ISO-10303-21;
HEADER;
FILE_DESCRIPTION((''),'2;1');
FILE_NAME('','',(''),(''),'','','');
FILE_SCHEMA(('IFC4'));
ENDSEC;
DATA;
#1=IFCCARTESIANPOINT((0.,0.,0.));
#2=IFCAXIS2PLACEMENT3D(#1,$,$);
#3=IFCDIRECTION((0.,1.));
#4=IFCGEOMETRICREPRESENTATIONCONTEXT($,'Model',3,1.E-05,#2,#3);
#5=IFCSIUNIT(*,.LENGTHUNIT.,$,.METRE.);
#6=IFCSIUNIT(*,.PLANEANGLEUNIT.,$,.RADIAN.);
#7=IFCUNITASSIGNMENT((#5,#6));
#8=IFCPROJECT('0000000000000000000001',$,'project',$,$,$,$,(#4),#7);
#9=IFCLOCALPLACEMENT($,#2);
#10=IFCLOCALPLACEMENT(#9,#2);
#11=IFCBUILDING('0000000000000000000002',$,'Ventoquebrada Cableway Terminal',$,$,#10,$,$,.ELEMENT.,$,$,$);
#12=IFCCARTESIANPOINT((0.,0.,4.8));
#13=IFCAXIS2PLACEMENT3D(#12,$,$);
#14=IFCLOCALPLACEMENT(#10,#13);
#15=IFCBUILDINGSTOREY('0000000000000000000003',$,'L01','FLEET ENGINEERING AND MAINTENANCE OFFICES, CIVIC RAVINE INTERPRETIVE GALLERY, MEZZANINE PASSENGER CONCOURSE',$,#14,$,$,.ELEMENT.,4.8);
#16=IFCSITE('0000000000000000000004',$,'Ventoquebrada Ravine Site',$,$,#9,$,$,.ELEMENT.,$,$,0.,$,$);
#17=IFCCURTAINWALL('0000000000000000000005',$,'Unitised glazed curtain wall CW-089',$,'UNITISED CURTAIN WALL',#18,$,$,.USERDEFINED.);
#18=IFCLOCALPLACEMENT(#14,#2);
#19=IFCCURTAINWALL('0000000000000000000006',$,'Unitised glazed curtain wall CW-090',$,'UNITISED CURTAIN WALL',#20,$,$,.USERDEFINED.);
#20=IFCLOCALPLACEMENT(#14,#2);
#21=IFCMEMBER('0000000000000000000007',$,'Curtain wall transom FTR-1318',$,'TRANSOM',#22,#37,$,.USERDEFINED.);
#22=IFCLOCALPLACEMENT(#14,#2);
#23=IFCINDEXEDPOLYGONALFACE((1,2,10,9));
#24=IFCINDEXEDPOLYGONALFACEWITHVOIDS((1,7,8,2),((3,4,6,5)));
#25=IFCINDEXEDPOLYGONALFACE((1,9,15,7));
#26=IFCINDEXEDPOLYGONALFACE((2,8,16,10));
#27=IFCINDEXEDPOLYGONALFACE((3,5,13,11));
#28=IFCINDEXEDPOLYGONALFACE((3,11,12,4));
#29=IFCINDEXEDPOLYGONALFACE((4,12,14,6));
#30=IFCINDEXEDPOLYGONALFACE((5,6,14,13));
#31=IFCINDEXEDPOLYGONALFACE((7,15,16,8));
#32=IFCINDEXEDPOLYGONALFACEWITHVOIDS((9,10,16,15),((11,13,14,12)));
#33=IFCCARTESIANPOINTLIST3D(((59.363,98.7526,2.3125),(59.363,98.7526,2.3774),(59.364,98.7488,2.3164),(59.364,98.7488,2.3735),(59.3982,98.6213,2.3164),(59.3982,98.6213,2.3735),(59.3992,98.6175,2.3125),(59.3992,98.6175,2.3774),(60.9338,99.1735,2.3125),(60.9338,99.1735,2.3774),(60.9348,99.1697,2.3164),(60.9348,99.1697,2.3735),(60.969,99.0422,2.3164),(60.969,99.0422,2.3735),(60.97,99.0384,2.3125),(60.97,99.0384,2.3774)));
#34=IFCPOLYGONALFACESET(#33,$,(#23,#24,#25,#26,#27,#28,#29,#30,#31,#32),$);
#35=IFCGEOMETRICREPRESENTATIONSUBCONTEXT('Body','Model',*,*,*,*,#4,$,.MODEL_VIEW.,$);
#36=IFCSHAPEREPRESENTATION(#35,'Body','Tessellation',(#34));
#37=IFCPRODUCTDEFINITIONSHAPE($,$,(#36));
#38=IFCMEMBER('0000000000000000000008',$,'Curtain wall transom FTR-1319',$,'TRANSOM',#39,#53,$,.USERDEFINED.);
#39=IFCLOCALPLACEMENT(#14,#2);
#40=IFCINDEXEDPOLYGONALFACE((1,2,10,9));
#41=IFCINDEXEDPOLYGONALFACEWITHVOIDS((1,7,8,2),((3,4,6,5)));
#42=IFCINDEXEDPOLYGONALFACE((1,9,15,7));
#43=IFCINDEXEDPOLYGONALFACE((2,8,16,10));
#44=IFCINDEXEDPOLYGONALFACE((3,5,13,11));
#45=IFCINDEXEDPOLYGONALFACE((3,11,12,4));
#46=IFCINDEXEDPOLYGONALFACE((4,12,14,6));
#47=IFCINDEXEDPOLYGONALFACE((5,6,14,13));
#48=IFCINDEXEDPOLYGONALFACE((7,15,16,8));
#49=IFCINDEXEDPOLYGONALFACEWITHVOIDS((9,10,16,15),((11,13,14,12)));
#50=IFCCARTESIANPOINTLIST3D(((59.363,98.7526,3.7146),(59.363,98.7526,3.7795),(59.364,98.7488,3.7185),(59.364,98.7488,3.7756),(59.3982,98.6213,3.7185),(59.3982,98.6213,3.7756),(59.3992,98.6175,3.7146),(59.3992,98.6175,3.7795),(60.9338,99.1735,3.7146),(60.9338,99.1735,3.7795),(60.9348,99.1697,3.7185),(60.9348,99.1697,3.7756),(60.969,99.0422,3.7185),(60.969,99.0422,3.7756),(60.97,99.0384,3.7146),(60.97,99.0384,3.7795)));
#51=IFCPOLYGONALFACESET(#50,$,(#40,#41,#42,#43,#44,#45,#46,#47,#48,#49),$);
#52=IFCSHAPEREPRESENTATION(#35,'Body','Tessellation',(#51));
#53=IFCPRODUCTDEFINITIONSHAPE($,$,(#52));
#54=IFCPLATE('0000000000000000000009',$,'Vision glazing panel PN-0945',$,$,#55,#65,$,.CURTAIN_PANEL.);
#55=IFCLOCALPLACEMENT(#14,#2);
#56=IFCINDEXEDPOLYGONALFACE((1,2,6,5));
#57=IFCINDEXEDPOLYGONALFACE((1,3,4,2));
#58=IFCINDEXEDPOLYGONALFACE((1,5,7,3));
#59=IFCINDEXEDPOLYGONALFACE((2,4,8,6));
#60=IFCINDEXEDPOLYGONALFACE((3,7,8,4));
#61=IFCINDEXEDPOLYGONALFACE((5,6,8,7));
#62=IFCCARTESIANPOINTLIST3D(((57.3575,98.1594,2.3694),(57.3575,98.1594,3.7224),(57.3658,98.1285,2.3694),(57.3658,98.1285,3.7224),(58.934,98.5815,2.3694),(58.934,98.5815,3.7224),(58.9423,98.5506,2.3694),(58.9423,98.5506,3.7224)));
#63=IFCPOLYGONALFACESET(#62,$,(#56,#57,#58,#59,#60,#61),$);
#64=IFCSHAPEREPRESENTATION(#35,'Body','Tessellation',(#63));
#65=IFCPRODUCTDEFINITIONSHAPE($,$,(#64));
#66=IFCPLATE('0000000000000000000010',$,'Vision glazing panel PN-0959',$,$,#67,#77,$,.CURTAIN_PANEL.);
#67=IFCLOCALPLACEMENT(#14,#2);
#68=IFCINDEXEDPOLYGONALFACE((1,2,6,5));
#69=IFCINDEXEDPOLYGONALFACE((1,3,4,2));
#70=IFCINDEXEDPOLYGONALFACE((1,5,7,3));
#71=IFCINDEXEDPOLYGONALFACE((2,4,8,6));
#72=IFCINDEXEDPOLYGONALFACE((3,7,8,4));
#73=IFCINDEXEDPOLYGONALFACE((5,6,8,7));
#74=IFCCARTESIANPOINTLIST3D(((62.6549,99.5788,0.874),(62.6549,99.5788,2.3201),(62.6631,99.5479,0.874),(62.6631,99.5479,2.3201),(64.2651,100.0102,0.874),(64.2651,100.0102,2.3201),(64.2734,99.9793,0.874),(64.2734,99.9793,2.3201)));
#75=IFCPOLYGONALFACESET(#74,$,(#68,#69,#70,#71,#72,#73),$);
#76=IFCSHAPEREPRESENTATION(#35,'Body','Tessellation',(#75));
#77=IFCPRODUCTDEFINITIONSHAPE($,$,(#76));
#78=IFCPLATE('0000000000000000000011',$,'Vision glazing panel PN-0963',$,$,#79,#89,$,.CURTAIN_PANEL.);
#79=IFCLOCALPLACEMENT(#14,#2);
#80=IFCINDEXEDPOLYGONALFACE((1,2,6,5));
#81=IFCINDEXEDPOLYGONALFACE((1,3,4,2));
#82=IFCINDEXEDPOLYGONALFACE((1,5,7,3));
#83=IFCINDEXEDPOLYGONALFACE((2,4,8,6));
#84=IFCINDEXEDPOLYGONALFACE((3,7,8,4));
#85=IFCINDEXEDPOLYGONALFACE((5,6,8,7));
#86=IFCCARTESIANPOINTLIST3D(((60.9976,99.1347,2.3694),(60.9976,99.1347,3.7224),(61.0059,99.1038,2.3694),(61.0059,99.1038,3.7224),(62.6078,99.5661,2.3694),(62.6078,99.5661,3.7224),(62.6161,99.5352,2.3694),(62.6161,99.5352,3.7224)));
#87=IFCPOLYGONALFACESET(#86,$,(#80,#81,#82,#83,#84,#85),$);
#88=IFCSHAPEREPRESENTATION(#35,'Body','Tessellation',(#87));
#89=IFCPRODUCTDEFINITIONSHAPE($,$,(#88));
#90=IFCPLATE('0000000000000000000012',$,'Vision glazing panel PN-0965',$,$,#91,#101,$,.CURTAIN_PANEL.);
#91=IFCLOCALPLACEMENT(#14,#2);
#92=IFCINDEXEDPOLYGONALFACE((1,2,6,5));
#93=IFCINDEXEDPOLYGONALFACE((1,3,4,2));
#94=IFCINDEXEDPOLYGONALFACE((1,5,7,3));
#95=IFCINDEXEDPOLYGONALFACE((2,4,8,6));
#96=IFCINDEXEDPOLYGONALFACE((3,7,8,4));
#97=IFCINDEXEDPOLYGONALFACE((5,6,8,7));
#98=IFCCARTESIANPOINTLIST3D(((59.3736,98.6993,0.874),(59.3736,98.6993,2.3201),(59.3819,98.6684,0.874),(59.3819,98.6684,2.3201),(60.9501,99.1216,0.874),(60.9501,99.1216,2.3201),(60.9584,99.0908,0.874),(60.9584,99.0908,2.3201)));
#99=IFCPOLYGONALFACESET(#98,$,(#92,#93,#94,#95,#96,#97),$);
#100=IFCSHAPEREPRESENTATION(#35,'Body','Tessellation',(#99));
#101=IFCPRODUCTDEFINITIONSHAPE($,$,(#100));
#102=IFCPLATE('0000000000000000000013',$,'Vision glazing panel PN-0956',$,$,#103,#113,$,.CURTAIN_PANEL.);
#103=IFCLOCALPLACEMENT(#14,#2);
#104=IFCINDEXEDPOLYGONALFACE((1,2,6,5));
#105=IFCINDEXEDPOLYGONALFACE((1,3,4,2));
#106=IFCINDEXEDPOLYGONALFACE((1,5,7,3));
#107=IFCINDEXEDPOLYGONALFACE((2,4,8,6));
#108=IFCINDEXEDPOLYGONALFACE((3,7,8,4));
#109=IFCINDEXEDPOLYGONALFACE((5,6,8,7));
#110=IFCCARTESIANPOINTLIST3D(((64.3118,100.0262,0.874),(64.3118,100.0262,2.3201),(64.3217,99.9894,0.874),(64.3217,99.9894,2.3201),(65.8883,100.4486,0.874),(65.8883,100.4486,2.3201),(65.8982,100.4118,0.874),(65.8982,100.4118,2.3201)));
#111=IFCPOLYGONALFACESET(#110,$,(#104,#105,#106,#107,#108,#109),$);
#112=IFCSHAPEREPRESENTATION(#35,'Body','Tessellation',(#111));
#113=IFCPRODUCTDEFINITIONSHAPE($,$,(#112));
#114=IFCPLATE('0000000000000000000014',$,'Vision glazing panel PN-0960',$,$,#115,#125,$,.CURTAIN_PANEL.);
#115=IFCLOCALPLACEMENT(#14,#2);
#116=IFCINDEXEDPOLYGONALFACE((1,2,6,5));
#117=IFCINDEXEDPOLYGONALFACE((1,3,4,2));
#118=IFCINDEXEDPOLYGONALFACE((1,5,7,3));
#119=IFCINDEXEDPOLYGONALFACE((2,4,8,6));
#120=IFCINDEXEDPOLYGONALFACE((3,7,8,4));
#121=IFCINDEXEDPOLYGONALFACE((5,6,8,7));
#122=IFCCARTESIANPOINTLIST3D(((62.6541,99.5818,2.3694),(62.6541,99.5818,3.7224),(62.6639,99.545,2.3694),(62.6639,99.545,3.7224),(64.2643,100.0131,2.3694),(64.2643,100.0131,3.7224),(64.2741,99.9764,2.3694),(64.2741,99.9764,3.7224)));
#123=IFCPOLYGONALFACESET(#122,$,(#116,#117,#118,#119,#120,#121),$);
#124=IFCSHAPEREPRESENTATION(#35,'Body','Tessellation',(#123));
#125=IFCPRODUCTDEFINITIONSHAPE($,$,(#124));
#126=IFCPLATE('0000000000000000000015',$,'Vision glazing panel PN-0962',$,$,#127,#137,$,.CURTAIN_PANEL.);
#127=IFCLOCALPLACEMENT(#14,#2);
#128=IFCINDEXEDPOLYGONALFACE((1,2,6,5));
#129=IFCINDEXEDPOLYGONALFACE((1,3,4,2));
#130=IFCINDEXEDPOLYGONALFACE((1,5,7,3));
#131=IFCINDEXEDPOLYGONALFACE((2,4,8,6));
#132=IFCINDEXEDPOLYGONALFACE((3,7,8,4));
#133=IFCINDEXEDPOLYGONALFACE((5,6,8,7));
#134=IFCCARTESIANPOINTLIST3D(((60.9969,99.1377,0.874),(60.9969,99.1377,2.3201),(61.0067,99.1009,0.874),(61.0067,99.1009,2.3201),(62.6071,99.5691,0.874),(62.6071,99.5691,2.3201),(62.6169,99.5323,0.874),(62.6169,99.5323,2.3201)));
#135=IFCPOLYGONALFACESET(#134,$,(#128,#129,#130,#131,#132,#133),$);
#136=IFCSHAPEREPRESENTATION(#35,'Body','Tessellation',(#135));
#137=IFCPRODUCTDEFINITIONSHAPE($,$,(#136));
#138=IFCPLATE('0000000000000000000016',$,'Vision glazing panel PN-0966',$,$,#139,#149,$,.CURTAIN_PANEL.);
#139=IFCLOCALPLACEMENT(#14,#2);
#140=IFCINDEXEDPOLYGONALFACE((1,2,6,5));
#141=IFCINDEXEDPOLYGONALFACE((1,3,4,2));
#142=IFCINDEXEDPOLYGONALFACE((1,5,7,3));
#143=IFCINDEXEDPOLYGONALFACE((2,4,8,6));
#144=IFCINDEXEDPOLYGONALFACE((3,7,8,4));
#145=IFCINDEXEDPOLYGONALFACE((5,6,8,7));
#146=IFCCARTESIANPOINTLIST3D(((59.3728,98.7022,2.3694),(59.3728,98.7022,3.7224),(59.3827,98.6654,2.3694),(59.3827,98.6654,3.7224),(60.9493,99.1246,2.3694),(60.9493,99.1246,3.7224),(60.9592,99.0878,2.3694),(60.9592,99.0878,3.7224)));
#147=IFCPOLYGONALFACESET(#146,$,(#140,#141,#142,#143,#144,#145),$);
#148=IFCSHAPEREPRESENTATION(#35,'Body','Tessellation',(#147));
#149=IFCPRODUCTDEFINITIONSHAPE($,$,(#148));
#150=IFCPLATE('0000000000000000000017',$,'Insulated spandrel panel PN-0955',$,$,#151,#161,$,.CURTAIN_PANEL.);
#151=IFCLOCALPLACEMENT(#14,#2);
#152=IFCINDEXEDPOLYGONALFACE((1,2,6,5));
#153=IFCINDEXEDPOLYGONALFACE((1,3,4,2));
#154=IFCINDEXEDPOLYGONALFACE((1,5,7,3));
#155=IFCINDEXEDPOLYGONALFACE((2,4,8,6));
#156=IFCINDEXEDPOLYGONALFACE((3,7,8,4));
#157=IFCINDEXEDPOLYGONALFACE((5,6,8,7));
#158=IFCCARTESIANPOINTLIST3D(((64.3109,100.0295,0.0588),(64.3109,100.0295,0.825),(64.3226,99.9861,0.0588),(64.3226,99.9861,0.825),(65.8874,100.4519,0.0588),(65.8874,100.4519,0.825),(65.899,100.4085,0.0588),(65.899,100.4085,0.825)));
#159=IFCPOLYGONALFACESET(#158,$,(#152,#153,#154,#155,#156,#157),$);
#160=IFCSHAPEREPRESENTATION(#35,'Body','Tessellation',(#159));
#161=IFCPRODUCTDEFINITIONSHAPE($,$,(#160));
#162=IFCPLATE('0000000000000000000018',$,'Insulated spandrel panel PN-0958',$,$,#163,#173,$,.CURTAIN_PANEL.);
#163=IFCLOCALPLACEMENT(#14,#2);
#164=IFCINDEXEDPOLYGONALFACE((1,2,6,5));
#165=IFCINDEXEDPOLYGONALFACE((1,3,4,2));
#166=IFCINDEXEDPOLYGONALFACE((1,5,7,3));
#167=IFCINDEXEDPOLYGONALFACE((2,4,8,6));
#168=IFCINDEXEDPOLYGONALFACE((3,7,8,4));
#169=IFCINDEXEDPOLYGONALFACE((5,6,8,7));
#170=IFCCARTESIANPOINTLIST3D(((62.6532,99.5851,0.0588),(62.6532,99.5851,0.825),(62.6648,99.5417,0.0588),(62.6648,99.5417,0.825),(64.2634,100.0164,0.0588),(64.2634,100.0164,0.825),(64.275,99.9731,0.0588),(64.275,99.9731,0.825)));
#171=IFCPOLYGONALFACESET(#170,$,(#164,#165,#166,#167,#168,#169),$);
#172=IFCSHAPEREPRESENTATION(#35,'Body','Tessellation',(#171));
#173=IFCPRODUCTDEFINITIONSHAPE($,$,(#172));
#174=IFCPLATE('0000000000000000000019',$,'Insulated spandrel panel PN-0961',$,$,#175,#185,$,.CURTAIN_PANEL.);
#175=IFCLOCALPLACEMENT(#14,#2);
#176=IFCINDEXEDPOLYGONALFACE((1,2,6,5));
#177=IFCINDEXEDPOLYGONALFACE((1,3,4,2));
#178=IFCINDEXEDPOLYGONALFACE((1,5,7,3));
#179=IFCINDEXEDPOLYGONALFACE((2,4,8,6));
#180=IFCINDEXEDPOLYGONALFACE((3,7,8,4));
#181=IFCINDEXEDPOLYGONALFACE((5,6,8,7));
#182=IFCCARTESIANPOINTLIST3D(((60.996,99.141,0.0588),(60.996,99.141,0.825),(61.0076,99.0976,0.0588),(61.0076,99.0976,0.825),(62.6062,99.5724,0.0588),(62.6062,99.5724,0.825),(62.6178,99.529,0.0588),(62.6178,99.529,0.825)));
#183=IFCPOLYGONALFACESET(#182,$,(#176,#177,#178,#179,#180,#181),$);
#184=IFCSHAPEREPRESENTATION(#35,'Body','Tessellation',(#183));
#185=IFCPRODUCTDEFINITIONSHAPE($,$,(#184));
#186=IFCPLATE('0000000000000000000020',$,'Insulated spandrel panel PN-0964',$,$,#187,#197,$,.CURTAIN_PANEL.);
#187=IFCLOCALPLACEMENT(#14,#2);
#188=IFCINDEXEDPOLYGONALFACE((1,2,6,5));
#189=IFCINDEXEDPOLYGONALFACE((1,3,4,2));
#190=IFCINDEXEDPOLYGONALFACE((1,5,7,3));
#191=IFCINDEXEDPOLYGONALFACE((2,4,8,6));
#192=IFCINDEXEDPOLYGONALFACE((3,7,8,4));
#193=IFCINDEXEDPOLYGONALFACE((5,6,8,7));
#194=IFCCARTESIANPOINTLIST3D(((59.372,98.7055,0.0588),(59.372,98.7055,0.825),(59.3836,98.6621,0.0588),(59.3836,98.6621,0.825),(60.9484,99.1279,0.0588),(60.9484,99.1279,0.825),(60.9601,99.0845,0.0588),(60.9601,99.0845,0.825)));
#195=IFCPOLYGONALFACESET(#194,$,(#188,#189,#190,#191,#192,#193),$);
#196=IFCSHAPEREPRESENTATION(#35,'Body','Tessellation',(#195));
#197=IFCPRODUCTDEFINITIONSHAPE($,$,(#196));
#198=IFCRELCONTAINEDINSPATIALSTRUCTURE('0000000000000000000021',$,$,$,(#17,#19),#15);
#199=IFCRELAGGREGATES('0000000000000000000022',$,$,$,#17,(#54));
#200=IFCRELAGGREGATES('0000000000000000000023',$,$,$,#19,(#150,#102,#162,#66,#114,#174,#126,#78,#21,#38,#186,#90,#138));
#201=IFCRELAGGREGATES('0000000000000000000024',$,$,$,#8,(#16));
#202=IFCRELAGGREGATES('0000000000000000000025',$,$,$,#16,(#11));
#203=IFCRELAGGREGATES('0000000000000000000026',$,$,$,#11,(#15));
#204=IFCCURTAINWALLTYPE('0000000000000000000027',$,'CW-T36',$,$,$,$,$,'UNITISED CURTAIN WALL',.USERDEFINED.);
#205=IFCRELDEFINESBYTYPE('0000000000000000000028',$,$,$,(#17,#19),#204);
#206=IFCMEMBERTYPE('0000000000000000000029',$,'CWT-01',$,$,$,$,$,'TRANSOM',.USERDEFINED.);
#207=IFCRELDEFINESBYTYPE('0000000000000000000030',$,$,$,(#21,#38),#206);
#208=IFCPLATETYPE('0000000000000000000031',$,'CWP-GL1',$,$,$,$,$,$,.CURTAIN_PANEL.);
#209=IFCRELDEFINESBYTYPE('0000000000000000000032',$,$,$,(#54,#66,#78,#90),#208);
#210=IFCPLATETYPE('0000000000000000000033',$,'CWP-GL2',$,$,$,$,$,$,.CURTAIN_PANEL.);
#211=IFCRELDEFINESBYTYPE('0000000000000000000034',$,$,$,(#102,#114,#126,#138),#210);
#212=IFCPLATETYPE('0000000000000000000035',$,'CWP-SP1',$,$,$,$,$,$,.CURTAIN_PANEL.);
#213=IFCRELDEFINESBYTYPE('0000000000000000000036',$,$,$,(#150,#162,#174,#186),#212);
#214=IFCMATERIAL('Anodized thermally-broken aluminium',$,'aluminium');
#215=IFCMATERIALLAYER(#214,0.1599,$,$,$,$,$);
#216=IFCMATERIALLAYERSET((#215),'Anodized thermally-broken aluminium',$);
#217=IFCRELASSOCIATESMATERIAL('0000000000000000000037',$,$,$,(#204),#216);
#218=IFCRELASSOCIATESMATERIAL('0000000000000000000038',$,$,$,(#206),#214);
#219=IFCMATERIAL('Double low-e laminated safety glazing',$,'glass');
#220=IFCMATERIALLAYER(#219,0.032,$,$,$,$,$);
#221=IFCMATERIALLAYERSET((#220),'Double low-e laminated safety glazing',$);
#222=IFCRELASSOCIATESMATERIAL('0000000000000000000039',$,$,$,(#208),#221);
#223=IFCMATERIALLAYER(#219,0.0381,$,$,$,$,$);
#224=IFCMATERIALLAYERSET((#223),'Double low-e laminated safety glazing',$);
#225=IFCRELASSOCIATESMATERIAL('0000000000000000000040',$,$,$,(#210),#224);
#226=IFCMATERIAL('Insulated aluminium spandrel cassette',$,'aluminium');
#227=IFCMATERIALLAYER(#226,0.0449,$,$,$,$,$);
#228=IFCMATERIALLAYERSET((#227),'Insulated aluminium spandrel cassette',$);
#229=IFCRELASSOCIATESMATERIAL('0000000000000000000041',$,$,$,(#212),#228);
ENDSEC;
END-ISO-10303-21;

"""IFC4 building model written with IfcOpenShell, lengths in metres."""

from ifc_helpers import new_model, si_unit, direction, frame, origin, origin_2d, place, context, subcontext, project, spatial, rectangle, hollow_rectangle, extrude, material, layer, layer_set, material_profile, profile_set, type_object, element, aggregate, save


model = new_model("IFC4")

# Units and contexts
model_context = context("Model", 3, precision=1e-05, world=origin(), true_north=direction((0.0, 1.0)))
body_context = subcontext(model_context, "Body", "Model", "MODEL_VIEW")
ifc_project = project(units=[si_unit("LENGTHUNIT", "METRE"), si_unit("PLANEANGLEUNIT", "RADIAN")], contexts=[model_context])

# Site, building, storey
site_placement = place(None, origin())
site = spatial("IfcSite", under=ifc_project, at=site_placement, Name="Ventoquebrada Ravine Site", CompositionType="ELEMENT", RefElevation=0.0)
building_placement = place(site_placement, origin())
building = spatial("IfcBuilding", under=site, at=building_placement, Name="Ventoquebrada Cableway Terminal", CompositionType="ELEMENT")
storey_placement = place(building_placement, frame((0.0, 0.0, 4.8)))
storey = spatial("IfcBuildingStorey", under=building, at=storey_placement, Name="L01", Description="FLEET ENGINEERING AND MAINTENANCE OFFICES, CIVIC RAVINE INTERPRETIVE GALLERY, MEZZANINE PASSENGER CONCOURSE", CompositionType="ELEMENT", Elevation=4.8)

# Curtain wall
ifc_material_1 = material(Name="Anodized thermally-broken aluminium", Category="aluminium")
ifc_layer_1 = layer(ifc_material_1, 0.1599)
ifc_layer_set_1 = layer_set([ifc_layer_1], Name="Anodized thermally-broken aluminium")
curtain_wall_type = type_object("IfcCurtainWallType", Name="CW-T36", ElementType="UNITISED CURTAIN WALL", PredefinedType="USERDEFINED", material=ifc_layer_set_1)
curtain_wall_1_placement = place(storey_placement, origin())
curtain_wall_1 = element("IfcCurtainWall", 1, at=curtain_wall_1_placement, inside=storey, type_object=curtain_wall_type, Name="Unitised glazed curtain wall CW-089", ObjectType="UNITISED CURTAIN WALL", PredefinedType="USERDEFINED")

# Curtain wall
curtain_wall_2_placement = place(storey_placement, origin())
curtain_wall_2 = element("IfcCurtainWall", 2, at=curtain_wall_2_placement, inside=storey, type_object=curtain_wall_type, Name="Unitised glazed curtain wall CW-090", ObjectType="UNITISED CURTAIN WALL", PredefinedType="USERDEFINED")

# Members
ifc_material_profile_1 = material_profile(ifc_material_1, hollow_rectangle(XDim=0.0649, YDim=0.1399, WallThickness=0.0039, at=origin_2d()), Name="CW-TRN-65X140")
ifc_profile_set_1 = profile_set([ifc_material_profile_1], Name="Anodized thermally-broken aluminium")
member_type_1 = type_object("IfcMemberType", Name="CWT-01", ElementType="TRANSOM", PredefinedType="USERDEFINED", material=ifc_profile_set_1)
member_1_placement = place(storey_placement, frame((60.9519, 99.106, 2.345), z_axis=(-0.965925, -0.258821, 0.0), x_axis=(0.0, 0.0, 1.0)))
member_1 = element("IfcMember", 3, at=member_1_placement, type_object=member_type_1, Name="Curtain wall transom FTR-1318", ObjectType="TRANSOM", PredefinedType="USERDEFINED", context=body_context, shape_type="SweptSolid", body=[
    extrude(hollow_rectangle(XDim=0.0649, YDim=0.1399, WallThickness=0.0039, at=origin_2d()), origin(), (0.0, 0.0, 1.0), 1.6262),
])
member_2_placement = place(storey_placement, frame((60.9519, 99.106, 3.7471), z_axis=(-0.965925, -0.258821, 0.0), x_axis=(0.0, 0.0, 1.0)))
member_2 = element("IfcMember", 4, at=member_2_placement, type_object=member_type_1, Name="Curtain wall transom FTR-1319", ObjectType="TRANSOM", PredefinedType="USERDEFINED", context=body_context, shape_type="SweptSolid", body=[
    extrude(hollow_rectangle(XDim=0.0649, YDim=0.1399, WallThickness=0.0039, at=origin_2d()), origin(), (0.0, 0.0, 1.0), 1.6262),
])

# Plates
ifc_material_2 = material(Name="Double low-e laminated safety glazing", Category="glass")
ifc_layer_2 = layer(ifc_material_2, 0.032)
ifc_layer_set_2 = layer_set([ifc_layer_2], Name="Double low-e laminated safety glazing")
plate_type_1 = type_object("IfcPlateType", Name="CWP-GL1", PredefinedType="CURTAIN_PANEL", material=ifc_layer_set_2)
plate_1_placement = place(storey_placement, frame((58.1499, 98.355, 2.3694), z_axis=(0.0, 0.0, 1.0), x_axis=(-0.965971, -0.25865, 0.0)))
plate_1 = element("IfcPlate", 5, at=plate_1_placement, type_object=plate_type_1, Name="Vision glazing panel PN-0945", PredefinedType="CURTAIN_PANEL", context=body_context, shape_type="SweptSolid", body=[
    extrude(rectangle(XDim=1.6321, YDim=0.032, at=origin_2d()), origin(), (0.0, 0.0, 1.0), 1.353),
])
aggregate(curtain_wall_1, [plate_1])
plate_2_placement = place(storey_placement, frame((63.4641, 99.7791, 0.874), z_axis=(0.0, 0.0, 1.0), x_axis=(-0.965935, -0.258785, 0.0)))
plate_2 = element("IfcPlate", 6, at=plate_2_placement, type_object=plate_type_1, Name="Vision glazing panel PN-0959", PredefinedType="CURTAIN_PANEL", context=body_context, shape_type="SweptSolid", body=[
    extrude(rectangle(XDim=1.667, YDim=0.032, at=origin_2d()), origin(), (0.0, 0.0, 1.0), 1.446),
])
plate_3_placement = place(storey_placement, frame((61.8069, 99.335, 2.3694), z_axis=(0.0, 0.0, 1.0), x_axis=(-0.965935, -0.258785, 0.0)))
plate_3 = element("IfcPlate", 7, at=plate_3_placement, type_object=plate_type_1, Name="Vision glazing panel PN-0963", PredefinedType="CURTAIN_PANEL", context=body_context, shape_type="SweptSolid", body=[
    extrude(rectangle(XDim=1.667, YDim=0.032, at=origin_2d()), origin(), (0.0, 0.0, 1.0), 1.353),
])
plate_4_placement = place(storey_placement, frame((60.166, 98.895, 0.874), z_axis=(0.0, 0.0, 1.0), x_axis=(-0.965935, -0.258785, 0.0)))
plate_4 = element("IfcPlate", 8, at=plate_4_placement, type_object=plate_type_1, Name="Vision glazing panel PN-0965", PredefinedType="CURTAIN_PANEL", context=body_context, shape_type="SweptSolid", body=[
    extrude(rectangle(XDim=1.6321, YDim=0.032, at=origin_2d()), origin(), (0.0, 0.0, 1.0), 1.446),
])
ifc_layer_3 = layer(ifc_material_2, 0.0381)
ifc_layer_set_3 = layer_set([ifc_layer_3], Name="Double low-e laminated safety glazing")
plate_type_2 = type_object("IfcPlateType", Name="CWP-GL2", PredefinedType="CURTAIN_PANEL", material=ifc_layer_set_3)
plate_5_placement = place(storey_placement, frame((65.105, 100.219, 0.874), z_axis=(0.0, 0.0, 1.0), x_axis=(-0.965935, -0.258785, 0.0)))
plate_5 = element("IfcPlate", 9, at=plate_5_placement, type_object=plate_type_2, Name="Vision glazing panel PN-0956", PredefinedType="CURTAIN_PANEL", context=body_context, shape_type="SweptSolid", body=[
    extrude(rectangle(XDim=1.6321, YDim=0.0381, at=origin_2d()), origin(), (0.0, 0.0, 1.0), 1.446),
])
plate_6_placement = place(storey_placement, frame((63.4641, 99.7791, 2.3694), z_axis=(0.0, 0.0, 1.0), x_axis=(-0.965935, -0.258785, 0.0)))
plate_6 = element("IfcPlate", 10, at=plate_6_placement, type_object=plate_type_2, Name="Vision glazing panel PN-0960", PredefinedType="CURTAIN_PANEL", context=body_context, shape_type="SweptSolid", body=[
    extrude(rectangle(XDim=1.667, YDim=0.0381, at=origin_2d()), origin(), (0.0, 0.0, 1.0), 1.353),
])
plate_7_placement = place(storey_placement, frame((61.8069, 99.335, 0.874), z_axis=(0.0, 0.0, 1.0), x_axis=(-0.965935, -0.258785, 0.0)))
plate_7 = element("IfcPlate", 11, at=plate_7_placement, type_object=plate_type_2, Name="Vision glazing panel PN-0962", PredefinedType="CURTAIN_PANEL", context=body_context, shape_type="SweptSolid", body=[
    extrude(rectangle(XDim=1.667, YDim=0.0381, at=origin_2d()), origin(), (0.0, 0.0, 1.0), 1.446),
])
plate_8_placement = place(storey_placement, frame((60.166, 98.895, 2.3694), z_axis=(0.0, 0.0, 1.0), x_axis=(-0.965935, -0.258785, 0.0)))
plate_8 = element("IfcPlate", 12, at=plate_8_placement, type_object=plate_type_2, Name="Vision glazing panel PN-0966", PredefinedType="CURTAIN_PANEL", context=body_context, shape_type="SweptSolid", body=[
    extrude(rectangle(XDim=1.6321, YDim=0.0381, at=origin_2d()), origin(), (0.0, 0.0, 1.0), 1.353),
])
ifc_material_3 = material(Name="Insulated aluminium spandrel cassette", Category="aluminium")
ifc_layer_4 = layer(ifc_material_3, 0.0449)
ifc_layer_set_4 = layer_set([ifc_layer_4], Name="Insulated aluminium spandrel cassette")
plate_type_3 = type_object("IfcPlateType", Name="CWP-SP1", PredefinedType="CURTAIN_PANEL", material=ifc_layer_set_4)
plate_9_placement = place(storey_placement, frame((65.105, 100.219, 0.0588), z_axis=(0.0, 0.0, 1.0), x_axis=(-0.965935, -0.258785, 0.0)))
plate_9 = element("IfcPlate", 13, at=plate_9_placement, type_object=plate_type_3, Name="Insulated spandrel panel PN-0955", PredefinedType="CURTAIN_PANEL", context=body_context, shape_type="SweptSolid", body=[
    extrude(rectangle(XDim=1.6321, YDim=0.0449, at=origin_2d()), origin(), (0.0, 0.0, 1.0), 0.7661),
])
plate_10_placement = place(storey_placement, frame((63.4641, 99.7791, 0.0588), z_axis=(0.0, 0.0, 1.0), x_axis=(-0.965935, -0.258785, 0.0)))
plate_10 = element("IfcPlate", 14, at=plate_10_placement, type_object=plate_type_3, Name="Insulated spandrel panel PN-0958", PredefinedType="CURTAIN_PANEL", context=body_context, shape_type="SweptSolid", body=[
    extrude(rectangle(XDim=1.667, YDim=0.0449, at=origin_2d()), origin(), (0.0, 0.0, 1.0), 0.7661),
])
plate_11_placement = place(storey_placement, frame((61.8069, 99.335, 0.0588), z_axis=(0.0, 0.0, 1.0), x_axis=(-0.965935, -0.258785, 0.0)))
plate_11 = element("IfcPlate", 15, at=plate_11_placement, type_object=plate_type_3, Name="Insulated spandrel panel PN-0961", PredefinedType="CURTAIN_PANEL", context=body_context, shape_type="SweptSolid", body=[
    extrude(rectangle(XDim=1.667, YDim=0.0449, at=origin_2d()), origin(), (0.0, 0.0, 1.0), 0.7661),
])
plate_12_placement = place(storey_placement, frame((60.166, 98.895, 0.0588), z_axis=(0.0, 0.0, 1.0), x_axis=(-0.965935, -0.258785, 0.0)))
plate_12 = element("IfcPlate", 16, at=plate_12_placement, type_object=plate_type_3, Name="Insulated spandrel panel PN-0964", PredefinedType="CURTAIN_PANEL", context=body_context, shape_type="SweptSolid", body=[
    extrude(rectangle(XDim=1.6321, YDim=0.0449, at=origin_2d()), origin(), (0.0, 0.0, 1.0), 0.7661),
])
aggregate(curtain_wall_2, [plate_9, plate_5, plate_10, plate_2, plate_6, plate_11, plate_7, plate_3, member_1, member_2, plate_12, plate_4, plate_8])

save(model, "model.ifc")
